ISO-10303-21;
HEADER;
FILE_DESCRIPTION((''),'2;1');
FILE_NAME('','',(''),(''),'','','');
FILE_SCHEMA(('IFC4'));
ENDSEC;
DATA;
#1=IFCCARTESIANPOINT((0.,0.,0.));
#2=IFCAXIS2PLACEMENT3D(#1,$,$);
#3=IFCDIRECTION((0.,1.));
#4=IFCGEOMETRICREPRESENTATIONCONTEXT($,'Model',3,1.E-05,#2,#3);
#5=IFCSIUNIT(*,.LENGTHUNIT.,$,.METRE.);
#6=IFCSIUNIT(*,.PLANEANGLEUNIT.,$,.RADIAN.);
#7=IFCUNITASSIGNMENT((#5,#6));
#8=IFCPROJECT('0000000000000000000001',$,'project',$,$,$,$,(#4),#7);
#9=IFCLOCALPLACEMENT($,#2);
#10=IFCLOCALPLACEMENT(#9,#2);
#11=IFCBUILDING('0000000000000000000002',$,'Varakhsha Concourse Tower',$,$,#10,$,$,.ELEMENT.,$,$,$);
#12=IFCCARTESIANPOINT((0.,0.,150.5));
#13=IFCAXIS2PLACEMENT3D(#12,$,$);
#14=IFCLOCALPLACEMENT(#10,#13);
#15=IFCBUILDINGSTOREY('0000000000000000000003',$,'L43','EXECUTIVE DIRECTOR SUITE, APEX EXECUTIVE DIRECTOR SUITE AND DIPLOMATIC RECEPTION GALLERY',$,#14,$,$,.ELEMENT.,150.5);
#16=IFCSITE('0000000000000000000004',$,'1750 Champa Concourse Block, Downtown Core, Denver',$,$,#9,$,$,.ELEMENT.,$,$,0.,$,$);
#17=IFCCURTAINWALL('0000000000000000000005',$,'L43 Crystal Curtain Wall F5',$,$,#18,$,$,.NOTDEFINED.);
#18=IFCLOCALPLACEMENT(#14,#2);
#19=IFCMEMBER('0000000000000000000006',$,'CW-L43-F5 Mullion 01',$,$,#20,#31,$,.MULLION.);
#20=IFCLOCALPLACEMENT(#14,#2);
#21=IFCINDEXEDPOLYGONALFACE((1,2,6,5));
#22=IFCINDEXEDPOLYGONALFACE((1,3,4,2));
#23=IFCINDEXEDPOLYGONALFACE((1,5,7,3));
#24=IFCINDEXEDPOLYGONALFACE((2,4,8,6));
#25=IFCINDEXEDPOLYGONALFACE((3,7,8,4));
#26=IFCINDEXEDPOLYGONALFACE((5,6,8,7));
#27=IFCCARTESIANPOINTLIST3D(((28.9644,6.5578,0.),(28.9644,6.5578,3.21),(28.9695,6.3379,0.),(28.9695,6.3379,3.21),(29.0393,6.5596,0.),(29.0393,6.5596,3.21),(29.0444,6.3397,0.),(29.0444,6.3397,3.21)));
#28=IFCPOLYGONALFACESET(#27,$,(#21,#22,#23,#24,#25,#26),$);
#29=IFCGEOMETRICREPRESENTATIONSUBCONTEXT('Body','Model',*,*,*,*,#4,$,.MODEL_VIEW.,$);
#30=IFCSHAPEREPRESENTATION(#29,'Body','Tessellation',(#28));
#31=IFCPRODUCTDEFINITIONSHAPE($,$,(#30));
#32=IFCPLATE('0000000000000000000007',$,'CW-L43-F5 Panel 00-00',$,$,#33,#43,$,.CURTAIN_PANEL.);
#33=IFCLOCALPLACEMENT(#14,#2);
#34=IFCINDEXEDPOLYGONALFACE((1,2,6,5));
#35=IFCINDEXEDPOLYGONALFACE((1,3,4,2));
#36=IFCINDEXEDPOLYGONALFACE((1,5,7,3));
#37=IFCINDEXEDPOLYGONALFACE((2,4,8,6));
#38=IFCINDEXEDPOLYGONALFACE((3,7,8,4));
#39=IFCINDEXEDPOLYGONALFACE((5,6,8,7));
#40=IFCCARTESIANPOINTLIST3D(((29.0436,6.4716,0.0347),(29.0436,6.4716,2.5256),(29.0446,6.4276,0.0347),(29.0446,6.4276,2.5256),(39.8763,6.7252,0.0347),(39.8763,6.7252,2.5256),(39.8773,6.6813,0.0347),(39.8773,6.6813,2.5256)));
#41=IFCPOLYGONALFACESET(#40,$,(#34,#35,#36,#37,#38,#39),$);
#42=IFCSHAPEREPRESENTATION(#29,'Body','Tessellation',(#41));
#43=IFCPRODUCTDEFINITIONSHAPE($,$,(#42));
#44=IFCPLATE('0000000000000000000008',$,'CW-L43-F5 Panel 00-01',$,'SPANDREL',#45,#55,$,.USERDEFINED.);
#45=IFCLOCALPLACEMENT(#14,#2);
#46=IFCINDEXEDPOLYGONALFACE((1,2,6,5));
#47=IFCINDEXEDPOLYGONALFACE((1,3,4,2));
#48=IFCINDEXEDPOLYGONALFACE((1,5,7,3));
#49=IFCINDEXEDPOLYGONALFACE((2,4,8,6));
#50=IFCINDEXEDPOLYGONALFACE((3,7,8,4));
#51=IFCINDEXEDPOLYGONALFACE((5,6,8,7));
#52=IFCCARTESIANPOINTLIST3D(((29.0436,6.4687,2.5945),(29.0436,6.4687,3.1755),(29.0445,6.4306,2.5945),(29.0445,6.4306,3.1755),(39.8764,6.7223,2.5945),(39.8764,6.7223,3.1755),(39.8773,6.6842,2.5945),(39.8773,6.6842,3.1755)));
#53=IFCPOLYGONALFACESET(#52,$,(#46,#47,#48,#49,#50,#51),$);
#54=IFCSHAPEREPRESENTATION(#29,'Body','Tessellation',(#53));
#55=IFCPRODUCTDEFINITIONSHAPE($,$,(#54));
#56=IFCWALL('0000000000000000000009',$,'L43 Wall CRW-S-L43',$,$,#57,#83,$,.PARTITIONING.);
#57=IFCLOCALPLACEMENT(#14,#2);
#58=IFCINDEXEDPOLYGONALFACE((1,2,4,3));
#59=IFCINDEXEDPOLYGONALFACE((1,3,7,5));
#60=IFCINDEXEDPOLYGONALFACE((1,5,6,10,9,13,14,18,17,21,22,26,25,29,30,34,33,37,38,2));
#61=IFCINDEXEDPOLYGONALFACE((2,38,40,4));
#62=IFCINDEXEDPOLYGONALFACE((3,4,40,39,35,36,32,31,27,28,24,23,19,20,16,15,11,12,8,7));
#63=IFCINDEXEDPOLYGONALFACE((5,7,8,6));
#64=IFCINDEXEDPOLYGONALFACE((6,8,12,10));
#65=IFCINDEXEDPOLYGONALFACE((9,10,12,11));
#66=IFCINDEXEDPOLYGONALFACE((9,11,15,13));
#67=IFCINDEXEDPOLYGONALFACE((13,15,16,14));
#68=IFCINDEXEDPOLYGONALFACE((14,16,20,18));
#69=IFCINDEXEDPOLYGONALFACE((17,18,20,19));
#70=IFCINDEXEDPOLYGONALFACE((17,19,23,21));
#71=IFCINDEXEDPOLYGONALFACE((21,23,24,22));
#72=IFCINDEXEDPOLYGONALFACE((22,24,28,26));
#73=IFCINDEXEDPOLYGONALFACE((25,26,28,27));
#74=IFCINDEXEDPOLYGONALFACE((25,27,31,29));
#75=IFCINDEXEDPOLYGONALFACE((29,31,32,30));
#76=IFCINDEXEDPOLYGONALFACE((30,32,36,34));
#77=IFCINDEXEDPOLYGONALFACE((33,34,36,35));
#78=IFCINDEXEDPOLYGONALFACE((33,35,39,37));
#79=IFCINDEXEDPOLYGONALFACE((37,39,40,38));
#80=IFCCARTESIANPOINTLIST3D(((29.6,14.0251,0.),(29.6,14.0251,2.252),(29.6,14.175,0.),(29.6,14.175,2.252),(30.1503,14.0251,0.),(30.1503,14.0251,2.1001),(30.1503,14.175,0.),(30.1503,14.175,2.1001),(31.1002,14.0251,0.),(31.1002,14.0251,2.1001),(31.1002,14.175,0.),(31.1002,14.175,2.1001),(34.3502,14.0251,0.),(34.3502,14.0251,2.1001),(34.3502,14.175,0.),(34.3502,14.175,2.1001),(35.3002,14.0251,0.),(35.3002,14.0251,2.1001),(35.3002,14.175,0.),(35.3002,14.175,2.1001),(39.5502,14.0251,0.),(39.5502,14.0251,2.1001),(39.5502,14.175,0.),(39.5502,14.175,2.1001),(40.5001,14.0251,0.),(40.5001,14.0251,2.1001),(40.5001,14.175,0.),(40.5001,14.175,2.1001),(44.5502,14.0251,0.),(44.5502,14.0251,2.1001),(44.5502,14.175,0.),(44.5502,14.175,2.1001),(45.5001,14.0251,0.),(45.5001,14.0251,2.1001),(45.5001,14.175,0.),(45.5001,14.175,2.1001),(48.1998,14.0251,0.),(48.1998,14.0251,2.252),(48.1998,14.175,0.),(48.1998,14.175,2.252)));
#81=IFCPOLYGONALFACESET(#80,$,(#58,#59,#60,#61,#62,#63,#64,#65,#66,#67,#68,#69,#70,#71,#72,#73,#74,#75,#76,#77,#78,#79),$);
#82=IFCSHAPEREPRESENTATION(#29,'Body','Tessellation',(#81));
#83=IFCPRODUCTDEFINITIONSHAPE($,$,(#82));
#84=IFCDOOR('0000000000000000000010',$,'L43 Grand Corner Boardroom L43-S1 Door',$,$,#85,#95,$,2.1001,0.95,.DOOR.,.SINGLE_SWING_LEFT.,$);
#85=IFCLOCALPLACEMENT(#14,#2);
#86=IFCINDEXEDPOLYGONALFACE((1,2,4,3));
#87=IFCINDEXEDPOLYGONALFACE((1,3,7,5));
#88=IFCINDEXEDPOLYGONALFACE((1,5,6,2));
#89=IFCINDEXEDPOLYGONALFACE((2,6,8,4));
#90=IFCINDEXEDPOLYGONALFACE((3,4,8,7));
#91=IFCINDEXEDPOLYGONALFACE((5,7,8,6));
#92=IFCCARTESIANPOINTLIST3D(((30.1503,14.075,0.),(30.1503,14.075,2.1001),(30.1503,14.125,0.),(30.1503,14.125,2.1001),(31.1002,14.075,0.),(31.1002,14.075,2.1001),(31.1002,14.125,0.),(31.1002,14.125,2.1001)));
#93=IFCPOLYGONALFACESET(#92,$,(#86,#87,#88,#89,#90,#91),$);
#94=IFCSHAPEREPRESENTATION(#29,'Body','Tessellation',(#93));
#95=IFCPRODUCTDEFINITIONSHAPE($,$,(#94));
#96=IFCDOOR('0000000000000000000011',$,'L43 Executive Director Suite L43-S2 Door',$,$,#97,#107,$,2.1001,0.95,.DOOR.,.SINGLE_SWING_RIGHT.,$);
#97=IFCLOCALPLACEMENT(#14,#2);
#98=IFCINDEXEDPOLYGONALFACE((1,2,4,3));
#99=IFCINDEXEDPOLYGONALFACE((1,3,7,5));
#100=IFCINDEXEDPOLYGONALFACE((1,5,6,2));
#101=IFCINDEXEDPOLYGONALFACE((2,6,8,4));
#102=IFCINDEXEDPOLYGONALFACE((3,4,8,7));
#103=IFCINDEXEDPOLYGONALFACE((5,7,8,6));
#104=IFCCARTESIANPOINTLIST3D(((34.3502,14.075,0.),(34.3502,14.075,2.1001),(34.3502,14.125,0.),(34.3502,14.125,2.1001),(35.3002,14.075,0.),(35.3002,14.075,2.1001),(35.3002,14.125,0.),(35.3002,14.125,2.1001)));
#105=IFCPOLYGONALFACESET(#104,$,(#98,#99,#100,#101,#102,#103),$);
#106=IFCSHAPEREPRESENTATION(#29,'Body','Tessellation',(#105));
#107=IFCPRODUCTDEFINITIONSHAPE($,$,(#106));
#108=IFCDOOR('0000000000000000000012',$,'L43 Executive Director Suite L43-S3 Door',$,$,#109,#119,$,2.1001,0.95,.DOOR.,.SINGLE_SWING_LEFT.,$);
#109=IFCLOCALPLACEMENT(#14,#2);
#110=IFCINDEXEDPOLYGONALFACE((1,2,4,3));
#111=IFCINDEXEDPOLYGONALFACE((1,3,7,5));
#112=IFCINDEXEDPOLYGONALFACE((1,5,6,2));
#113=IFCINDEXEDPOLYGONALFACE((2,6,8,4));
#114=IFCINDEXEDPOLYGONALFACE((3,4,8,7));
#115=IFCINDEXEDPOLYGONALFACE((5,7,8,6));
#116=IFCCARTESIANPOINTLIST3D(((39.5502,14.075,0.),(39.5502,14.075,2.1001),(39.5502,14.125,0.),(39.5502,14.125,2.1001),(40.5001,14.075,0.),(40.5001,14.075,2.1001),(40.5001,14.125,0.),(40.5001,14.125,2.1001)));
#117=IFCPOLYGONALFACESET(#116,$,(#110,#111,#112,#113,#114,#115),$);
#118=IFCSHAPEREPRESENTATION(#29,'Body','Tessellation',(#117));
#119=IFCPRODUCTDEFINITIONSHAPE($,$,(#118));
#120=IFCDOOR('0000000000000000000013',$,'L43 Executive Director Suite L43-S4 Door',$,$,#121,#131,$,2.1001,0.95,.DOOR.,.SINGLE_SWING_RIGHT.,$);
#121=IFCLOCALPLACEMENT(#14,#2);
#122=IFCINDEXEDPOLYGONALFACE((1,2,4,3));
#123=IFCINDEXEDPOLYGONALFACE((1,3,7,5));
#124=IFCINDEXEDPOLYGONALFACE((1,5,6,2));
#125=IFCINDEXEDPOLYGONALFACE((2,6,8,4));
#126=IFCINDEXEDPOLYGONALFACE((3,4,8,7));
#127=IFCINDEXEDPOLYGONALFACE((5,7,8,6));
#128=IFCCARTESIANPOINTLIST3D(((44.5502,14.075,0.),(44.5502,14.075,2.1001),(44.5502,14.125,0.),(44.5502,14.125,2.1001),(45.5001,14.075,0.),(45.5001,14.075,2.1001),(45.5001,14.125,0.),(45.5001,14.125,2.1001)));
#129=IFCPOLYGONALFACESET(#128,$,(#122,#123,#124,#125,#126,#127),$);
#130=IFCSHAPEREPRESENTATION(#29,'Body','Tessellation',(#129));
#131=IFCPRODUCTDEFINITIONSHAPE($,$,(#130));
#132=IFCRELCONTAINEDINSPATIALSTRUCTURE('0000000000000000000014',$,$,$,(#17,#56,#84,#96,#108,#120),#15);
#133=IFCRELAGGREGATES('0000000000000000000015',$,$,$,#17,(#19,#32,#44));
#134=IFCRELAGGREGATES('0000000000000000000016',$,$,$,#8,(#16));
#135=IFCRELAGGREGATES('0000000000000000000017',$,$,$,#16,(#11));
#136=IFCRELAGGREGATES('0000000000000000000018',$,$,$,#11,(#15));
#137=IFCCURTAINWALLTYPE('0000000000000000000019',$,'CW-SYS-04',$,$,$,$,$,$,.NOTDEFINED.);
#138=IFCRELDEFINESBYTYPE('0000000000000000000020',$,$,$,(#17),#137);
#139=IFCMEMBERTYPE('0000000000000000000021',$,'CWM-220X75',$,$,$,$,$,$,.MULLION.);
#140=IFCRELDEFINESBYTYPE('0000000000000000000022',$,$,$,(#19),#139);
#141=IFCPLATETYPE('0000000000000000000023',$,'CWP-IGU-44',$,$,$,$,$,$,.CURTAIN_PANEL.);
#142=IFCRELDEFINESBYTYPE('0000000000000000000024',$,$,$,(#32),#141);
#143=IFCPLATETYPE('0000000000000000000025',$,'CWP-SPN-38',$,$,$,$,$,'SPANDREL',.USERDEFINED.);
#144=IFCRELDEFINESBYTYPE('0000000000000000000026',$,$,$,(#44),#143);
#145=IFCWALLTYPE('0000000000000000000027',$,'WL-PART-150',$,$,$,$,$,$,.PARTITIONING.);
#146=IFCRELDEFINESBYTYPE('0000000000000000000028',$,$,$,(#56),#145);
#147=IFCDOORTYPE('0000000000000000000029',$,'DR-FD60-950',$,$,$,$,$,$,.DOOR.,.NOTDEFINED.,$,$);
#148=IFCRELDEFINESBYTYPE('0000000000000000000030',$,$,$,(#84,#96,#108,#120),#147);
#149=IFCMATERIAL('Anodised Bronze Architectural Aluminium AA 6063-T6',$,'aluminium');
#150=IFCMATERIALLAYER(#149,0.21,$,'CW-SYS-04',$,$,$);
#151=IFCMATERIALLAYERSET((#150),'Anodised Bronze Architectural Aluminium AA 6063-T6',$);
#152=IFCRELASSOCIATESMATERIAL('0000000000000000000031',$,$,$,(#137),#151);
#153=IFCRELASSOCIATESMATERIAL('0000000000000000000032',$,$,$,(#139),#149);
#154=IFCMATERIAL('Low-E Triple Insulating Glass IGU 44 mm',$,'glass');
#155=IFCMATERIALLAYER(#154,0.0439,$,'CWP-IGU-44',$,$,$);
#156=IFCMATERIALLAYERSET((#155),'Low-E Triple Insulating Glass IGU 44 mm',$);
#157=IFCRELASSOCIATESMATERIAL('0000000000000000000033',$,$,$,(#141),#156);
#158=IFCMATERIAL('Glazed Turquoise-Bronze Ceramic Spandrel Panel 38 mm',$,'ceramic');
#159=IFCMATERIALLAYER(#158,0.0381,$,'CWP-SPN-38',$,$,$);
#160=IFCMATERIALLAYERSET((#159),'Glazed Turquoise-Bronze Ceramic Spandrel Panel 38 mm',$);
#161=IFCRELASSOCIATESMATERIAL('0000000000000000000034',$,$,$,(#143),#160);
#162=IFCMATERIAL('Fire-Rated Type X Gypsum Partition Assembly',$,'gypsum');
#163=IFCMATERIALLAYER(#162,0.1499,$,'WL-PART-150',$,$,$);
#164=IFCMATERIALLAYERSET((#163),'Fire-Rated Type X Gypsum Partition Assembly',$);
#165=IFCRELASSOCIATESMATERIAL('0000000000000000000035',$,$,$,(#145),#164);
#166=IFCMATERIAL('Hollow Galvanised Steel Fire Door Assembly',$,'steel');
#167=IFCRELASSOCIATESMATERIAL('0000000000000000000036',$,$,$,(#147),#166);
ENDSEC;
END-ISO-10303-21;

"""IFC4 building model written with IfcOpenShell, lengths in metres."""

from ifc_helpers import new_model, si_unit, direction, frame, frame_2d, origin, origin_2d, place, context, subcontext, project, spatial, rectangle, extrude, source, transform, mapped, material, layer, layer_set, material_profile, profile_set, type_object, type_shapes, element, fill, aggregate, save


model = new_model("IFC4")

# Units and contexts
model_context = context("Model", 3, precision=1e-05, world=origin(), true_north=direction((0.0, 1.0)))
body_context = subcontext(model_context, "Body", "Model", "MODEL_VIEW")
ifc_project = project(units=[si_unit("LENGTHUNIT", "METRE"), si_unit("PLANEANGLEUNIT", "RADIAN")], contexts=[model_context])

# Site, building, storey
site_placement = place(None, origin())
site = spatial("IfcSite", under=ifc_project, at=site_placement, Name="1750 Champa Concourse Block, Downtown Core, Denver", CompositionType="ELEMENT", RefElevation=0.0)
building_placement = place(site_placement, origin())
building = spatial("IfcBuilding", under=site, at=building_placement, Name="Varakhsha Concourse Tower", CompositionType="ELEMENT")
storey_placement = place(building_placement, frame((0.0, 0.0, 150.5)))
storey = spatial("IfcBuildingStorey", under=building, at=storey_placement, Name="L43", Description="EXECUTIVE DIRECTOR SUITE, APEX EXECUTIVE DIRECTOR SUITE AND DIPLOMATIC RECEPTION GALLERY", CompositionType="ELEMENT", Elevation=150.5)

# Curtain wall, member, plates
ifc_material_1 = material(Name="Anodised Bronze Architectural Aluminium AA 6063-T6", Category="aluminium")
ifc_layer_1 = layer(ifc_material_1, 0.21, Name="CW-SYS-04")
ifc_layer_set_1 = layer_set([ifc_layer_1], Name="Anodised Bronze Architectural Aluminium AA 6063-T6")
curtain_wall_type = type_object("IfcCurtainWallType", Name="CW-SYS-04", PredefinedType="NOTDEFINED", material=ifc_layer_set_1)
curtain_wall_placement = place(storey_placement, origin())
curtain_wall = element("IfcCurtainWall", 1, at=curtain_wall_placement, inside=storey, type_object=curtain_wall_type, Name="L43 Crystal Curtain Wall F5", PredefinedType="NOTDEFINED")
ifc_material_profile_1 = material_profile(ifc_material_1, rectangle(XDim=0.075, YDim=0.22, at=origin_2d()), Name="CWM-220X75")
ifc_profile_set_1 = profile_set([ifc_material_profile_1], Name="Anodised Bronze Architectural Aluminium AA 6063-T6")
member_type = type_object("IfcMemberType", Name="CWM-220X75", PredefinedType="MULLION", material=ifc_profile_set_1)
shared_shape_1 = source(origin(), body_context, "Body", "SweptSolid", [
    extrude(rectangle(XDim=0.075, YDim=0.22, at=origin_2d()), origin(), (0.0, 0.0, 1.0), 3.21),
])
type_shapes(member_type, [shared_shape_1])
member_placement = place(storey_placement, frame((29.0044, 6.4487, 0.0), z_axis=(0.0, 0.0, 1.0), x_axis=(-0.999726, -0.023404, 0.0)))
member = element("IfcMember", 2, at=member_placement, type_object=member_type, Name="CW-L43-F5 Mullion 01", PredefinedType="MULLION", context=body_context, shape_type="MappedRepresentation", body=[
    mapped(shared_shape_1, transform((0.0, 0.0, 0.0), scale=1.0)),
])
ifc_material_2 = material(Name="Low-E Triple Insulating Glass IGU 44 mm", Category="glass")
ifc_layer_2 = layer(ifc_material_2, 0.0439, Name="CWP-IGU-44")
ifc_layer_set_2 = layer_set([ifc_layer_2], Name="Low-E Triple Insulating Glass IGU 44 mm")
plate_type_1 = type_object("IfcPlateType", Name="CWP-IGU-44", PredefinedType="CURTAIN_PANEL", material=ifc_layer_set_2)
shared_shape_2 = source(origin(), body_context, "Body", "SweptSolid", [
    extrude(rectangle(XDim=10.8357, YDim=0.0439, at=origin_2d()), origin(), (0.0, 0.0, 1.0), 2.491),
])
type_shapes(plate_type_1, [shared_shape_2])
plate_1_placement = place(storey_placement, frame((34.4604, 6.5764, 0.0347), z_axis=(0.0, 0.0, 1.0), x_axis=(-0.999726, -0.023404, 0.0)))
plate_1 = element("IfcPlate", 3, at=plate_1_placement, type_object=plate_type_1, Name="CW-L43-F5 Panel 00-00", PredefinedType="CURTAIN_PANEL", context=body_context, shape_type="MappedRepresentation", body=[
    mapped(shared_shape_2, transform((0.0, 0.0, 0.0), scale=1.0)),
])
ifc_material_3 = material(Name="Glazed Turquoise-Bronze Ceramic Spandrel Panel 38 mm", Category="ceramic")
ifc_layer_3 = layer(ifc_material_3, 0.0381, Name="CWP-SPN-38")
ifc_layer_set_3 = layer_set([ifc_layer_3], Name="Glazed Turquoise-Bronze Ceramic Spandrel Panel 38 mm")
plate_type_2 = type_object("IfcPlateType", Name="CWP-SPN-38", ElementType="SPANDREL", PredefinedType="USERDEFINED", material=ifc_layer_set_3)
shared_shape_3 = source(origin(), body_context, "Body", "SweptSolid", [
    extrude(rectangle(XDim=10.8357, YDim=0.0381, at=origin_2d()), origin(), (0.0, 0.0, 1.0), 0.5811),
])
type_shapes(plate_type_2, [shared_shape_3])
plate_2_placement = place(storey_placement, frame((34.4604, 6.5764, 2.5945), z_axis=(0.0, 0.0, 1.0), x_axis=(-0.999726, -0.023404, 0.0)))
plate_2 = element("IfcPlate", 4, at=plate_2_placement, type_object=plate_type_2, Name="CW-L43-F5 Panel 00-01", ObjectType="SPANDREL", PredefinedType="USERDEFINED", context=body_context, shape_type="MappedRepresentation", body=[
    mapped(shared_shape_3, transform((0.0, 0.0, 0.0), scale=1.0)),
])
aggregate(curtain_wall, [member, plate_1, plate_2])

# Wall, openings, doors
ifc_material_4 = material(Name="Fire-Rated Type X Gypsum Partition Assembly", Category="gypsum")
ifc_layer_4 = layer(ifc_material_4, 0.1499, Name="WL-PART-150")
ifc_layer_set_4 = layer_set([ifc_layer_4], Name="Fire-Rated Type X Gypsum Partition Assembly")
wall_type = type_object("IfcWallType", Name="WL-PART-150", PredefinedType="PARTITIONING", material=ifc_layer_set_4)
wall_1_placement = place(storey_placement, frame((29.6001, 14.1001, 0.0), z_axis=(0.0, 0.0, 1.0), x_axis=(1.0, 0.0, 0.0)))
wall_1 = element("IfcWall", 5, at=wall_1_placement, inside=storey, type_object=wall_type, Name="L43 Wall CRW-S-L43", PredefinedType="PARTITIONING", context=body_context, shape_type="SweptSolid", body=[
    extrude(rectangle(XDim=18.5999, YDim=0.1499, at=frame_2d((9.2998, 0.0))), origin(), (0.0, 0.0, 1.0), 2.252),
])
opening_1_placement = place(wall_1_placement, frame((0.55, 0.0, 0.0)))
opening_1 = element("IfcOpeningElement", 6, at=opening_1_placement, cuts=wall_1, PredefinedType="OPENING", context=body_context, shape_type="SweptSolid", body=[
    extrude(rectangle(XDim=0.95, YDim=2.1001, at=frame_2d((0.4751, 1.05))), frame((0.0, 0.085, 0.0), z_axis=(0.0, -1.0, 0.0), x_axis=(1.0, 0.0, 0.0)), (0.0, 0.0, 1.0), 0.1699),
])
opening_2_placement = place(wall_1_placement, frame((4.75, 0.0, 0.0)))
opening_2 = element("IfcOpeningElement", 7, at=opening_2_placement, cuts=wall_1, PredefinedType="OPENING", context=body_context, shape_type="SweptSolid", body=[
    extrude(rectangle(XDim=0.95, YDim=2.1001, at=frame_2d((0.4751, 1.05))), frame((0.0, 0.085, 0.0), z_axis=(0.0, -1.0, 0.0), x_axis=(1.0, 0.0, 0.0)), (0.0, 0.0, 1.0), 0.1699),
])
opening_3_placement = place(wall_1_placement, frame((9.95, 0.0, 0.0)))
opening_3 = element("IfcOpeningElement", 8, at=opening_3_placement, cuts=wall_1, PredefinedType="OPENING", context=body_context, shape_type="SweptSolid", body=[
    extrude(rectangle(XDim=0.95, YDim=2.1001, at=frame_2d((0.4751, 1.05))), frame((0.0, 0.085, 0.0), z_axis=(0.0, -1.0, 0.0), x_axis=(1.0, 0.0, 0.0)), (0.0, 0.0, 1.0), 0.1699),
])
opening_4_placement = place(wall_1_placement, frame((14.95, 0.0, 0.0)))
opening_4 = element("IfcOpeningElement", 9, at=opening_4_placement, cuts=wall_1, PredefinedType="OPENING", context=body_context, shape_type="SweptSolid", body=[
    extrude(rectangle(XDim=0.95, YDim=2.1001, at=frame_2d((0.4751, 1.05))), frame((0.0, 0.085, 0.0), z_axis=(0.0, -1.0, 0.0), x_axis=(1.0, 0.0, 0.0)), (0.0, 0.0, 1.0), 0.1699),
])
ifc_material_5 = material(Name="Hollow Galvanised Steel Fire Door Assembly", Category="steel")
door_type_1 = type_object("IfcDoorType", Name="DR-FD60-950", OperationType="NOTDEFINED", PredefinedType="DOOR", material=ifc_material_5)
door_1_placement = place(opening_1_placement, origin())
door_1 = element("IfcDoor", 10, at=door_1_placement, inside=storey, type_object=door_type_1, Name="L43 Grand Corner Boardroom L43-S1 Door", OperationType="SINGLE_SWING_LEFT", OverallHeight=2.1001, OverallWidth=0.95, PredefinedType="DOOR", context=body_context, shape_type="SweptSolid", body=[
    extrude(rectangle(XDim=0.95, YDim=2.1001, at=frame_2d((0.4751, 1.05))), frame((0.0, 0.0249, 0.0), z_axis=(0.0, -1.0, 0.0), x_axis=(1.0, 0.0, 0.0)), (0.0, 0.0, 1.0), 0.05),
])
fill(opening_1, door_1)
door_2_placement = place(opening_2_placement, origin())
door_2 = element("IfcDoor", 11, at=door_2_placement, inside=storey, type_object=door_type_1, Name="L43 Executive Director Suite L43-S2 Door", OperationType="SINGLE_SWING_RIGHT", OverallHeight=2.1001, OverallWidth=0.95, PredefinedType="DOOR", context=body_context, shape_type="SweptSolid", body=[
    extrude(rectangle(XDim=0.95, YDim=2.1001, at=frame_2d((0.4751, 1.05))), frame((0.0, 0.0249, 0.0), z_axis=(0.0, -1.0, 0.0), x_axis=(1.0, 0.0, 0.0)), (0.0, 0.0, 1.0), 0.05),
])
fill(opening_2, door_2)
door_3_placement = place(opening_3_placement, origin())
door_3 = element("IfcDoor", 12, at=door_3_placement, inside=storey, type_object=door_type_1, Name="L43 Executive Director Suite L43-S3 Door", OperationType="SINGLE_SWING_LEFT", OverallHeight=2.1001, OverallWidth=0.95, PredefinedType="DOOR", context=body_context, shape_type="SweptSolid", body=[
    extrude(rectangle(XDim=0.95, YDim=2.1001, at=frame_2d((0.4751, 1.05))), frame((0.0, 0.0249, 0.0), z_axis=(0.0, -1.0, 0.0), x_axis=(1.0, 0.0, 0.0)), (0.0, 0.0, 1.0), 0.05),
])
fill(opening_3, door_3)
door_4_placement = place(opening_4_placement, origin())
door_4 = element("IfcDoor", 13, at=door_4_placement, inside=storey, type_object=door_type_1, Name="L43 Executive Director Suite L43-S4 Door", OperationType="SINGLE_SWING_RIGHT", OverallHeight=2.1001, OverallWidth=0.95, PredefinedType="DOOR", context=body_context, shape_type="SweptSolid", body=[
    extrude(rectangle(XDim=0.95, YDim=2.1001, at=frame_2d((0.4751, 1.05))), frame((0.0, 0.0249, 0.0), z_axis=(0.0, -1.0, 0.0), x_axis=(1.0, 0.0, 0.0)), (0.0, 0.0, 1.0), 0.05),
])
fill(opening_4, door_4)

save(model, "model.ifc")
